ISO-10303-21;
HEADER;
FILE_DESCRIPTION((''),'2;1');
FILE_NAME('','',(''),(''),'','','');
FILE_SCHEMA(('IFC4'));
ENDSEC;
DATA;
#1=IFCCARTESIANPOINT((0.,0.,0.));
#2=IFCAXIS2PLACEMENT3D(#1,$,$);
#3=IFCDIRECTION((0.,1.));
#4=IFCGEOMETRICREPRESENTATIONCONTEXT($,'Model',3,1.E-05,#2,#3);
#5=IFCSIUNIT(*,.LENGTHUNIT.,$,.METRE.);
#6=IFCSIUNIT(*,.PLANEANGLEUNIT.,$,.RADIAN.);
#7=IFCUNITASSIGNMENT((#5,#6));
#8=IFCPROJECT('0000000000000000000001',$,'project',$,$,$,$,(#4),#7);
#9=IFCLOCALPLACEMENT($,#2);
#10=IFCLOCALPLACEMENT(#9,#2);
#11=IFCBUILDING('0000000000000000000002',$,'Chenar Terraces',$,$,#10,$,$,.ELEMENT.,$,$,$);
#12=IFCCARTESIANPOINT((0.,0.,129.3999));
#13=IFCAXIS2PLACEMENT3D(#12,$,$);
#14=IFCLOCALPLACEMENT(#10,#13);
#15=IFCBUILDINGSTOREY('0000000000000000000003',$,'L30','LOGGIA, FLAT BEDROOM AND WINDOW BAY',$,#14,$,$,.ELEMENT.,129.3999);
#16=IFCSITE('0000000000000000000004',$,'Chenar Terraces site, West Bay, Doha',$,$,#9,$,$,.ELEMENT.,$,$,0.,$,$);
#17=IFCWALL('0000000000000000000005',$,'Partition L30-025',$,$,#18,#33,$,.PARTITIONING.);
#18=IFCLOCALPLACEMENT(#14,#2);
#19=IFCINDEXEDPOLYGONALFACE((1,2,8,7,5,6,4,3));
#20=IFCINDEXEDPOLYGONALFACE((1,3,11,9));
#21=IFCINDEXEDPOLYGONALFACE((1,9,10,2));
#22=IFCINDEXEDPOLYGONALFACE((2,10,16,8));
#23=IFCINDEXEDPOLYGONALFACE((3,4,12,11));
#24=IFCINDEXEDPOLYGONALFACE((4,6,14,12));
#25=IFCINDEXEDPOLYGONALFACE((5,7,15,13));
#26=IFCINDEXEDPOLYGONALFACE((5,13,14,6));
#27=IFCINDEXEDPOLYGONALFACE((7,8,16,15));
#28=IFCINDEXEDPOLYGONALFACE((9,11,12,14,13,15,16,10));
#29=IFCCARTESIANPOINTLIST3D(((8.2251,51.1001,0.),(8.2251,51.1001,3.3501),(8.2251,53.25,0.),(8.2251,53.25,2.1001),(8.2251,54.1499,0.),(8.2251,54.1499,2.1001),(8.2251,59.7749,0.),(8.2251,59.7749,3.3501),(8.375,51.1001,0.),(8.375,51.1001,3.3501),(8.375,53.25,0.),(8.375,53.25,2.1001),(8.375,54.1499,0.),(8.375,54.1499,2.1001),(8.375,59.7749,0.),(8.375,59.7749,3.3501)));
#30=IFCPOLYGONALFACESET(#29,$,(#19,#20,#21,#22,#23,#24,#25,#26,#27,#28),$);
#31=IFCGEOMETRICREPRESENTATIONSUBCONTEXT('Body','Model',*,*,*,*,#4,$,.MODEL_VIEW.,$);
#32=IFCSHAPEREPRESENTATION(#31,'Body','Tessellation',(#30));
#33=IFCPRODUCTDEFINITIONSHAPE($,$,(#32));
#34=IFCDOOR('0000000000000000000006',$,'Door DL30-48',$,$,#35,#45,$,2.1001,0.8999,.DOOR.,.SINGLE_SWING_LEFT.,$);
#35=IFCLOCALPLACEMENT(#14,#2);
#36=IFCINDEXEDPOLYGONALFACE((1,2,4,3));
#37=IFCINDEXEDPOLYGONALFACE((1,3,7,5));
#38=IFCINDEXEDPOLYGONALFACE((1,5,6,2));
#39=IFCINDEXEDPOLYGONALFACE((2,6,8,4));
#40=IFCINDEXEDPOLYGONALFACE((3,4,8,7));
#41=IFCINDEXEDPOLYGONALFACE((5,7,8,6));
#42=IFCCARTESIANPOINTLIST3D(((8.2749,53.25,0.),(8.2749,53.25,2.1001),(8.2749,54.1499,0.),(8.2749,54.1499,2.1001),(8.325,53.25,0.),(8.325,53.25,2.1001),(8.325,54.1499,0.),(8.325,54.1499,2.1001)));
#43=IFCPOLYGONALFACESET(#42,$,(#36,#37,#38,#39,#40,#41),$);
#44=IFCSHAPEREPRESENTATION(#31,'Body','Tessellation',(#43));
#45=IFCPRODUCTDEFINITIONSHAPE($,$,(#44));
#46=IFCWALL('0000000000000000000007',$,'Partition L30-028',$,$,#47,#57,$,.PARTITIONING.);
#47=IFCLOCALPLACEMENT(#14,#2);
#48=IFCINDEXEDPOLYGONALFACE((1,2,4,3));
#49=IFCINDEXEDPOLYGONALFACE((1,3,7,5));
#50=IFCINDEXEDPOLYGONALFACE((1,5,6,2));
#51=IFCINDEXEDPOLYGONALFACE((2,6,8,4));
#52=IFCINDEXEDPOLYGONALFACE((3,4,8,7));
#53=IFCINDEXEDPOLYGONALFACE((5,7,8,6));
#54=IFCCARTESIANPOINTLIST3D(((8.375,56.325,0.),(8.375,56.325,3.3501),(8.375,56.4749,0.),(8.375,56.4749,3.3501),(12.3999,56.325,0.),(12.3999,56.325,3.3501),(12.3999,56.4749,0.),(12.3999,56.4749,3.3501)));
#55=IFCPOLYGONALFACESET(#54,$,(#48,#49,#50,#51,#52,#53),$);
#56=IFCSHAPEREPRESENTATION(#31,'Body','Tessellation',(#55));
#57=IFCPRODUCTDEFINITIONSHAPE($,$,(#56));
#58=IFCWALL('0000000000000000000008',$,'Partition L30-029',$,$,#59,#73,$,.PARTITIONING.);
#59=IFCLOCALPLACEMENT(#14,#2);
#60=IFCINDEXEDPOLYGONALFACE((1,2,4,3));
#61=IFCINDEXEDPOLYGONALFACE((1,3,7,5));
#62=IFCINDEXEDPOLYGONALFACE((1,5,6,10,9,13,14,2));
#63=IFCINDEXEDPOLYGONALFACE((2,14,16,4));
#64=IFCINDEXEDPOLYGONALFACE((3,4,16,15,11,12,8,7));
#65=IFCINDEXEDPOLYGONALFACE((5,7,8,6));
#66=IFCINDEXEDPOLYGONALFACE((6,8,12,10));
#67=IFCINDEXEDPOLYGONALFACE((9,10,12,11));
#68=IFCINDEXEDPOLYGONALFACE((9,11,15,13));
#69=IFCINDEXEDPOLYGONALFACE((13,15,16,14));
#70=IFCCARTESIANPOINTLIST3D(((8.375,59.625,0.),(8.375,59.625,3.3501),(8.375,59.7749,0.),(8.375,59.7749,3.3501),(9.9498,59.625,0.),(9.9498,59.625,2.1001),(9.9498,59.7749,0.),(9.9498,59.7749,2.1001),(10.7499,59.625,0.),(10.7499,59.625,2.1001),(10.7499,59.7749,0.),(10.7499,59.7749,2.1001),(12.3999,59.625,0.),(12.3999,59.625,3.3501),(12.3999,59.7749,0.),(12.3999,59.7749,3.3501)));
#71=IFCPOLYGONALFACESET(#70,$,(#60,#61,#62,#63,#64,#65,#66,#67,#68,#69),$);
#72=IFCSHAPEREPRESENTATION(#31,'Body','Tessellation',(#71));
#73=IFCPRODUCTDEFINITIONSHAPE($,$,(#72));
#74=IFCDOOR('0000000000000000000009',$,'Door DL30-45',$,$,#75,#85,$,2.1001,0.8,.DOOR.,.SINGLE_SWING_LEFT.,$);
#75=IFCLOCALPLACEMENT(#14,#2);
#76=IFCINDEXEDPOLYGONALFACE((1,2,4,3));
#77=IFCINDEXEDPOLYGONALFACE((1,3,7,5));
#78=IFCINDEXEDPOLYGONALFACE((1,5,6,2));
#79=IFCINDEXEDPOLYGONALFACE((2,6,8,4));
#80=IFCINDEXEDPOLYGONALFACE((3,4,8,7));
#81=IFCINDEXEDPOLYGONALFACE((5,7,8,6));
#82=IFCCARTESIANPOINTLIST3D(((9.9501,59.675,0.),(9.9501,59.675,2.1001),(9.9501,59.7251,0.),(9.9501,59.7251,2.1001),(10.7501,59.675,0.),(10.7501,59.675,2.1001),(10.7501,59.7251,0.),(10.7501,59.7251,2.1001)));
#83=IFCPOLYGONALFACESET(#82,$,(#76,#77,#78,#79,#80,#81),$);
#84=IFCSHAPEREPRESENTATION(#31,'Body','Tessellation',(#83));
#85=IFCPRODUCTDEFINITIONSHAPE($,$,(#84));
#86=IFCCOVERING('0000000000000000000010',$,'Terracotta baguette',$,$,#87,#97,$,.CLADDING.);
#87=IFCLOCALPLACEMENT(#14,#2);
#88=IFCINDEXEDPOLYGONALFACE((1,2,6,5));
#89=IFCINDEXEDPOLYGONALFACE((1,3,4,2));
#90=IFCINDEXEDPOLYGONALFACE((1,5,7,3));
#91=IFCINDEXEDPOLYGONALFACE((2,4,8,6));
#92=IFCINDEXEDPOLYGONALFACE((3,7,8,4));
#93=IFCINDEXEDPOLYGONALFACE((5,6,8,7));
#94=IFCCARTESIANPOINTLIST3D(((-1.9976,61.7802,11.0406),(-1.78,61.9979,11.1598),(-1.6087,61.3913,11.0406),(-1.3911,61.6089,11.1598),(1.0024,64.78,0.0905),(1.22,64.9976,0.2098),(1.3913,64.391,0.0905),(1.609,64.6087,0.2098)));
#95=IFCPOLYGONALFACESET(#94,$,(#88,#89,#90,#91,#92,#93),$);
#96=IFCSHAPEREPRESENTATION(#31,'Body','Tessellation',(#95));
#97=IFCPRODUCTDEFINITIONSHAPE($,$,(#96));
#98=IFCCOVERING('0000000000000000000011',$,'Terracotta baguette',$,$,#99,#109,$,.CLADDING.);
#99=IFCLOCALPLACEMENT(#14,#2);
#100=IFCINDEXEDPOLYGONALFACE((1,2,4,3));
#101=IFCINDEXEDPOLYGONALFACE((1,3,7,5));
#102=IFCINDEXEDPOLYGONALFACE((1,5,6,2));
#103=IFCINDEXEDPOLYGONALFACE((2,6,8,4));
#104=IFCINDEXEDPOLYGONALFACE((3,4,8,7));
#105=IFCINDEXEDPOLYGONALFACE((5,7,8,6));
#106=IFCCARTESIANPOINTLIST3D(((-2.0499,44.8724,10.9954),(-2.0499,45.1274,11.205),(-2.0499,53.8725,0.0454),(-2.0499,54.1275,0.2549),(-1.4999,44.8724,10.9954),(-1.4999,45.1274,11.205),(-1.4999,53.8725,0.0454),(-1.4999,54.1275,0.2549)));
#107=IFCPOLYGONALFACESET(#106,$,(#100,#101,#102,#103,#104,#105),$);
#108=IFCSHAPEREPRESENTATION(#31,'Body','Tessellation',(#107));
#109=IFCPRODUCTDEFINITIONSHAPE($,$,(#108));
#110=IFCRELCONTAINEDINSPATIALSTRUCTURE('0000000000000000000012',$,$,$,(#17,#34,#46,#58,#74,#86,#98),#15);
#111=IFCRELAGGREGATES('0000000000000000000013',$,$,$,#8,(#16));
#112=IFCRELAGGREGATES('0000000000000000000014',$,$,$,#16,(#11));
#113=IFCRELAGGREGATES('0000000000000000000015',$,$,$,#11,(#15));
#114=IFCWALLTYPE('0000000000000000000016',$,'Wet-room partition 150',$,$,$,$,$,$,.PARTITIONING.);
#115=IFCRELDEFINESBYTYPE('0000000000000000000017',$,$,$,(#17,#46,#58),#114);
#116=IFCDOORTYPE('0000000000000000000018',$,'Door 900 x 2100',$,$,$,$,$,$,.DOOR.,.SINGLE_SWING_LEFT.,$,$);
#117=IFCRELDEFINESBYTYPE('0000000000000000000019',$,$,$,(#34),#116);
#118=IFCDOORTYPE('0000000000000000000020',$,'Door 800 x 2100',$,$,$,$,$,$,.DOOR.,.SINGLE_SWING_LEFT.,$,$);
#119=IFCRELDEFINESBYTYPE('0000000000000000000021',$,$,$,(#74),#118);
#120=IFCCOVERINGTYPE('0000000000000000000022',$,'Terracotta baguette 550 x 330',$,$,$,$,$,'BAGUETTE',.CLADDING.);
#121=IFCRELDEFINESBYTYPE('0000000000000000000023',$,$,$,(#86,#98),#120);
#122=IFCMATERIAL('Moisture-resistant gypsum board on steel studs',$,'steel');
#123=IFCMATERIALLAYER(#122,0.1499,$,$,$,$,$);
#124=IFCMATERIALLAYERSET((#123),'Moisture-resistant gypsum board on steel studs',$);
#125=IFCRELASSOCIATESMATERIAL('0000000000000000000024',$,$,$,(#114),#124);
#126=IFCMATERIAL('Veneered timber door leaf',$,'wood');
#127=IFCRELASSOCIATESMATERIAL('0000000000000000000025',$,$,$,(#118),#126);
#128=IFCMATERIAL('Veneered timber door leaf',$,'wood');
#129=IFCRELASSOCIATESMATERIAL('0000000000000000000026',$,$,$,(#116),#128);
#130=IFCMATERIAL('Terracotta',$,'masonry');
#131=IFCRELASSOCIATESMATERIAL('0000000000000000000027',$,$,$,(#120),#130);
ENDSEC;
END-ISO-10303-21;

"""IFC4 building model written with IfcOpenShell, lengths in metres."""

from ifc_helpers import new_model, si_unit, direction, frame, frame_2d, origin, origin_2d, place, context, subcontext, project, spatial, rectangle, extrude, material, layer, layer_set, material_profile, profile_set, type_object, element, fill, save


model = new_model("IFC4")

# Units and contexts
model_context = context("Model", 3, precision=1e-05, world=origin(), true_north=direction((0.0, 1.0)))
body_context = subcontext(model_context, "Body", "Model", "MODEL_VIEW")
ifc_project = project(units=[si_unit("LENGTHUNIT", "METRE"), si_unit("PLANEANGLEUNIT", "RADIAN")], contexts=[model_context])

# Site, building, storey
site_placement = place(None, origin())
site = spatial("IfcSite", under=ifc_project, at=site_placement, Name="Chenar Terraces site, West Bay, Doha", CompositionType="ELEMENT", RefElevation=0.0)
building_placement = place(site_placement, origin())
building = spatial("IfcBuilding", under=site, at=building_placement, Name="Chenar Terraces", CompositionType="ELEMENT")
storey_placement = place(building_placement, frame((0.0, 0.0, 129.3999)))
storey = spatial("IfcBuildingStorey", under=building, at=storey_placement, Name="L30", Description="LOGGIA, FLAT BEDROOM AND WINDOW BAY", CompositionType="ELEMENT", Elevation=129.3999)

# Shared definitions
ifc_material_1 = material(Name="Moisture-resistant gypsum board on steel studs", Category="steel")
ifc_layer_1 = layer(ifc_material_1, 0.1499)
ifc_layer_set_1 = layer_set([ifc_layer_1], Name="Moisture-resistant gypsum board on steel studs")
wall_type_1 = type_object("IfcWallType", Name="Wet-room partition 150", PredefinedType="PARTITIONING", material=ifc_layer_set_1)

# Wall, opening, door
ifc_material_2 = material(Name="Veneered timber door leaf", Category="wood")
door_type_1 = type_object("IfcDoorType", Name="Door 800 x 2100", OperationType="SINGLE_SWING_LEFT", PredefinedType="DOOR", material=ifc_material_2)
ifc_material_3 = material(Name="Veneered timber door leaf", Category="wood")
door_type_2 = type_object("IfcDoorType", Name="Door 900 x 2100", OperationType="SINGLE_SWING_LEFT", PredefinedType="DOOR", material=ifc_material_3)
wall_1_placement = place(storey_placement, frame((8.3, 51.1001, 0.0), z_axis=(0.0, 0.0, 1.0), x_axis=(0.0, 1.0, 0.0)))
wall_1 = element("IfcWall", 1, at=wall_1_placement, inside=storey, type_object=wall_type_1, Name="Partition L30-025", PredefinedType="PARTITIONING", context=body_context, shape_type="SweptSolid", body=[
    extrude(rectangle(XDim=8.6748, YDim=0.1499, at=frame_2d((4.3374, 0.0))), origin(), (0.0, 0.0, 1.0), 3.3501),
])
opening_1_placement = place(wall_1_placement, frame((2.1499, 0.0, 0.0)))
opening_1 = element("IfcOpeningElement", 2, at=opening_1_placement, cuts=wall_1, PredefinedType="OPENING", context=body_context, shape_type="SweptSolid", body=[
    extrude(rectangle(XDim=0.8999, YDim=2.1001, at=frame_2d((0.45, 1.05))), frame((0.0, 0.085, 0.0), z_axis=(0.0, -1.0, 0.0), x_axis=(1.0, 0.0, 0.0)), (0.0, 0.0, 1.0), 0.1699),
])
door_1_placement = place(opening_1_placement, frame((0.8999, 0.0, 0.0), z_axis=(0.0, 0.0, 1.0), x_axis=(-1.0, 0.0, 0.0)))
door_1 = element("IfcDoor", 3, at=door_1_placement, inside=storey, type_object=door_type_2, Name="Door DL30-48", OperationType="SINGLE_SWING_LEFT", OverallHeight=2.1001, OverallWidth=0.8999, PredefinedType="DOOR", context=body_context, shape_type="SweptSolid", body=[
    extrude(rectangle(XDim=0.8999, YDim=2.1001, at=frame_2d((0.45, 1.05))), frame((0.0, 0.0249, 0.0), z_axis=(0.0, -1.0, 0.0), x_axis=(1.0, 0.0, 0.0)), (0.0, 0.0, 1.0), 0.05),
])
fill(opening_1, door_1)

# Wall
wall_2_placement = place(storey_placement, frame((8.375, 56.3999, 0.0), z_axis=(0.0, 0.0, 1.0), x_axis=(1.0, 0.0, 0.0)))
element("IfcWall", 4, at=wall_2_placement, inside=storey, type_object=wall_type_1, Name="Partition L30-028", PredefinedType="PARTITIONING", context=body_context, shape_type="SweptSolid", body=[
    extrude(rectangle(XDim=4.0249, YDim=0.1499, at=frame_2d((2.0125, 0.0))), origin(), (0.0, 0.0, 1.0), 3.3501),
])

# Wall, opening, door
wall_3_placement = place(storey_placement, frame((8.375, 59.7, 0.0), z_axis=(0.0, 0.0, 1.0), x_axis=(1.0, 0.0, 0.0)))
wall_3 = element("IfcWall", 5, at=wall_3_placement, inside=storey, type_object=wall_type_1, Name="Partition L30-029", PredefinedType="PARTITIONING", context=body_context, shape_type="SweptSolid", body=[
    extrude(rectangle(XDim=4.0249, YDim=0.1499, at=frame_2d((2.0125, 0.0))), origin(), (0.0, 0.0, 1.0), 3.3501),
])
opening_2_placement = place(wall_3_placement, frame((1.575, 0.0, 0.0)))
opening_2 = element("IfcOpeningElement", 6, at=opening_2_placement, cuts=wall_3, PredefinedType="OPENING", context=body_context, shape_type="SweptSolid", body=[
    extrude(rectangle(XDim=0.8, YDim=2.1001, at=frame_2d((0.3999, 1.05))), frame((0.0, 0.085, 0.0), z_axis=(0.0, -1.0, 0.0), x_axis=(1.0, 0.0, 0.0)), (0.0, 0.0, 1.0), 0.1699),
])
door_2_placement = place(opening_2_placement, frame((0.8, 0.0, 0.0), z_axis=(0.0, 0.0, 1.0), x_axis=(-1.0, 0.0, 0.0)))
door_2 = element("IfcDoor", 7, at=door_2_placement, inside=storey, type_object=door_type_1, Name="Door DL30-45", OperationType="SINGLE_SWING_LEFT", OverallHeight=2.1001, OverallWidth=0.8, PredefinedType="DOOR", context=body_context, shape_type="SweptSolid", body=[
    extrude(rectangle(XDim=0.8, YDim=2.1001, at=frame_2d((0.3999, 1.05))), frame((0.0, 0.0249, 0.0), z_axis=(0.0, -1.0, 0.0), x_axis=(1.0, 0.0, 0.0)), (0.0, 0.0, 1.0), 0.05),
])
fill(opening_2, door_2)

# Coverings
ifc_material_4 = material(Name="Terracotta", Category="masonry")
ifc_material_profile_1 = material_profile(ifc_material_4, rectangle(XDim=0.55, YDim=0.3301, at=origin_2d()), Name="Terracotta baguette 550 x 330")
ifc_profile_set_1 = profile_set([ifc_material_profile_1], Name="Terracotta")
covering_type = type_object("IfcCoveringType", Name="Terracotta baguette 550 x 330", ElementType="BAGUETTE", PredefinedType="CLADDING", material=ifc_profile_set_1)
covering_1_placement = place(storey_placement, frame((1.3057, 64.6943, 0.1501), z_axis=(-0.25547, -0.255449, 0.93246), x_axis=(0.707078, -0.707136, 0.0)))
element("IfcCovering", 8, at=covering_1_placement, inside=storey, type_object=covering_type, Name="Terracotta baguette", PredefinedType="CLADDING", context=body_context, shape_type="SweptSolid", body=[
    extrude(rectangle(XDim=0.55, YDim=0.3301, at=origin_2d()), origin(), (0.0, 0.0, 1.0), 11.7432),
])
covering_2_placement = place(storey_placement, frame((-1.7749, 54.0, 0.1501), z_axis=(0.0, -0.634967, 0.772539), x_axis=(1.0, 0.0, 0.0)))
element("IfcCovering", 9, at=covering_2_placement, inside=storey, type_object=covering_type, Name="Terracotta baguette", PredefinedType="CLADDING", context=body_context, shape_type="SweptSolid", body=[
    extrude(rectangle(XDim=0.55, YDim=0.3301, at=origin_2d()), origin(), (0.0, 0.0, 1.0), 14.1741),
])

save(model, "model.ifc")
